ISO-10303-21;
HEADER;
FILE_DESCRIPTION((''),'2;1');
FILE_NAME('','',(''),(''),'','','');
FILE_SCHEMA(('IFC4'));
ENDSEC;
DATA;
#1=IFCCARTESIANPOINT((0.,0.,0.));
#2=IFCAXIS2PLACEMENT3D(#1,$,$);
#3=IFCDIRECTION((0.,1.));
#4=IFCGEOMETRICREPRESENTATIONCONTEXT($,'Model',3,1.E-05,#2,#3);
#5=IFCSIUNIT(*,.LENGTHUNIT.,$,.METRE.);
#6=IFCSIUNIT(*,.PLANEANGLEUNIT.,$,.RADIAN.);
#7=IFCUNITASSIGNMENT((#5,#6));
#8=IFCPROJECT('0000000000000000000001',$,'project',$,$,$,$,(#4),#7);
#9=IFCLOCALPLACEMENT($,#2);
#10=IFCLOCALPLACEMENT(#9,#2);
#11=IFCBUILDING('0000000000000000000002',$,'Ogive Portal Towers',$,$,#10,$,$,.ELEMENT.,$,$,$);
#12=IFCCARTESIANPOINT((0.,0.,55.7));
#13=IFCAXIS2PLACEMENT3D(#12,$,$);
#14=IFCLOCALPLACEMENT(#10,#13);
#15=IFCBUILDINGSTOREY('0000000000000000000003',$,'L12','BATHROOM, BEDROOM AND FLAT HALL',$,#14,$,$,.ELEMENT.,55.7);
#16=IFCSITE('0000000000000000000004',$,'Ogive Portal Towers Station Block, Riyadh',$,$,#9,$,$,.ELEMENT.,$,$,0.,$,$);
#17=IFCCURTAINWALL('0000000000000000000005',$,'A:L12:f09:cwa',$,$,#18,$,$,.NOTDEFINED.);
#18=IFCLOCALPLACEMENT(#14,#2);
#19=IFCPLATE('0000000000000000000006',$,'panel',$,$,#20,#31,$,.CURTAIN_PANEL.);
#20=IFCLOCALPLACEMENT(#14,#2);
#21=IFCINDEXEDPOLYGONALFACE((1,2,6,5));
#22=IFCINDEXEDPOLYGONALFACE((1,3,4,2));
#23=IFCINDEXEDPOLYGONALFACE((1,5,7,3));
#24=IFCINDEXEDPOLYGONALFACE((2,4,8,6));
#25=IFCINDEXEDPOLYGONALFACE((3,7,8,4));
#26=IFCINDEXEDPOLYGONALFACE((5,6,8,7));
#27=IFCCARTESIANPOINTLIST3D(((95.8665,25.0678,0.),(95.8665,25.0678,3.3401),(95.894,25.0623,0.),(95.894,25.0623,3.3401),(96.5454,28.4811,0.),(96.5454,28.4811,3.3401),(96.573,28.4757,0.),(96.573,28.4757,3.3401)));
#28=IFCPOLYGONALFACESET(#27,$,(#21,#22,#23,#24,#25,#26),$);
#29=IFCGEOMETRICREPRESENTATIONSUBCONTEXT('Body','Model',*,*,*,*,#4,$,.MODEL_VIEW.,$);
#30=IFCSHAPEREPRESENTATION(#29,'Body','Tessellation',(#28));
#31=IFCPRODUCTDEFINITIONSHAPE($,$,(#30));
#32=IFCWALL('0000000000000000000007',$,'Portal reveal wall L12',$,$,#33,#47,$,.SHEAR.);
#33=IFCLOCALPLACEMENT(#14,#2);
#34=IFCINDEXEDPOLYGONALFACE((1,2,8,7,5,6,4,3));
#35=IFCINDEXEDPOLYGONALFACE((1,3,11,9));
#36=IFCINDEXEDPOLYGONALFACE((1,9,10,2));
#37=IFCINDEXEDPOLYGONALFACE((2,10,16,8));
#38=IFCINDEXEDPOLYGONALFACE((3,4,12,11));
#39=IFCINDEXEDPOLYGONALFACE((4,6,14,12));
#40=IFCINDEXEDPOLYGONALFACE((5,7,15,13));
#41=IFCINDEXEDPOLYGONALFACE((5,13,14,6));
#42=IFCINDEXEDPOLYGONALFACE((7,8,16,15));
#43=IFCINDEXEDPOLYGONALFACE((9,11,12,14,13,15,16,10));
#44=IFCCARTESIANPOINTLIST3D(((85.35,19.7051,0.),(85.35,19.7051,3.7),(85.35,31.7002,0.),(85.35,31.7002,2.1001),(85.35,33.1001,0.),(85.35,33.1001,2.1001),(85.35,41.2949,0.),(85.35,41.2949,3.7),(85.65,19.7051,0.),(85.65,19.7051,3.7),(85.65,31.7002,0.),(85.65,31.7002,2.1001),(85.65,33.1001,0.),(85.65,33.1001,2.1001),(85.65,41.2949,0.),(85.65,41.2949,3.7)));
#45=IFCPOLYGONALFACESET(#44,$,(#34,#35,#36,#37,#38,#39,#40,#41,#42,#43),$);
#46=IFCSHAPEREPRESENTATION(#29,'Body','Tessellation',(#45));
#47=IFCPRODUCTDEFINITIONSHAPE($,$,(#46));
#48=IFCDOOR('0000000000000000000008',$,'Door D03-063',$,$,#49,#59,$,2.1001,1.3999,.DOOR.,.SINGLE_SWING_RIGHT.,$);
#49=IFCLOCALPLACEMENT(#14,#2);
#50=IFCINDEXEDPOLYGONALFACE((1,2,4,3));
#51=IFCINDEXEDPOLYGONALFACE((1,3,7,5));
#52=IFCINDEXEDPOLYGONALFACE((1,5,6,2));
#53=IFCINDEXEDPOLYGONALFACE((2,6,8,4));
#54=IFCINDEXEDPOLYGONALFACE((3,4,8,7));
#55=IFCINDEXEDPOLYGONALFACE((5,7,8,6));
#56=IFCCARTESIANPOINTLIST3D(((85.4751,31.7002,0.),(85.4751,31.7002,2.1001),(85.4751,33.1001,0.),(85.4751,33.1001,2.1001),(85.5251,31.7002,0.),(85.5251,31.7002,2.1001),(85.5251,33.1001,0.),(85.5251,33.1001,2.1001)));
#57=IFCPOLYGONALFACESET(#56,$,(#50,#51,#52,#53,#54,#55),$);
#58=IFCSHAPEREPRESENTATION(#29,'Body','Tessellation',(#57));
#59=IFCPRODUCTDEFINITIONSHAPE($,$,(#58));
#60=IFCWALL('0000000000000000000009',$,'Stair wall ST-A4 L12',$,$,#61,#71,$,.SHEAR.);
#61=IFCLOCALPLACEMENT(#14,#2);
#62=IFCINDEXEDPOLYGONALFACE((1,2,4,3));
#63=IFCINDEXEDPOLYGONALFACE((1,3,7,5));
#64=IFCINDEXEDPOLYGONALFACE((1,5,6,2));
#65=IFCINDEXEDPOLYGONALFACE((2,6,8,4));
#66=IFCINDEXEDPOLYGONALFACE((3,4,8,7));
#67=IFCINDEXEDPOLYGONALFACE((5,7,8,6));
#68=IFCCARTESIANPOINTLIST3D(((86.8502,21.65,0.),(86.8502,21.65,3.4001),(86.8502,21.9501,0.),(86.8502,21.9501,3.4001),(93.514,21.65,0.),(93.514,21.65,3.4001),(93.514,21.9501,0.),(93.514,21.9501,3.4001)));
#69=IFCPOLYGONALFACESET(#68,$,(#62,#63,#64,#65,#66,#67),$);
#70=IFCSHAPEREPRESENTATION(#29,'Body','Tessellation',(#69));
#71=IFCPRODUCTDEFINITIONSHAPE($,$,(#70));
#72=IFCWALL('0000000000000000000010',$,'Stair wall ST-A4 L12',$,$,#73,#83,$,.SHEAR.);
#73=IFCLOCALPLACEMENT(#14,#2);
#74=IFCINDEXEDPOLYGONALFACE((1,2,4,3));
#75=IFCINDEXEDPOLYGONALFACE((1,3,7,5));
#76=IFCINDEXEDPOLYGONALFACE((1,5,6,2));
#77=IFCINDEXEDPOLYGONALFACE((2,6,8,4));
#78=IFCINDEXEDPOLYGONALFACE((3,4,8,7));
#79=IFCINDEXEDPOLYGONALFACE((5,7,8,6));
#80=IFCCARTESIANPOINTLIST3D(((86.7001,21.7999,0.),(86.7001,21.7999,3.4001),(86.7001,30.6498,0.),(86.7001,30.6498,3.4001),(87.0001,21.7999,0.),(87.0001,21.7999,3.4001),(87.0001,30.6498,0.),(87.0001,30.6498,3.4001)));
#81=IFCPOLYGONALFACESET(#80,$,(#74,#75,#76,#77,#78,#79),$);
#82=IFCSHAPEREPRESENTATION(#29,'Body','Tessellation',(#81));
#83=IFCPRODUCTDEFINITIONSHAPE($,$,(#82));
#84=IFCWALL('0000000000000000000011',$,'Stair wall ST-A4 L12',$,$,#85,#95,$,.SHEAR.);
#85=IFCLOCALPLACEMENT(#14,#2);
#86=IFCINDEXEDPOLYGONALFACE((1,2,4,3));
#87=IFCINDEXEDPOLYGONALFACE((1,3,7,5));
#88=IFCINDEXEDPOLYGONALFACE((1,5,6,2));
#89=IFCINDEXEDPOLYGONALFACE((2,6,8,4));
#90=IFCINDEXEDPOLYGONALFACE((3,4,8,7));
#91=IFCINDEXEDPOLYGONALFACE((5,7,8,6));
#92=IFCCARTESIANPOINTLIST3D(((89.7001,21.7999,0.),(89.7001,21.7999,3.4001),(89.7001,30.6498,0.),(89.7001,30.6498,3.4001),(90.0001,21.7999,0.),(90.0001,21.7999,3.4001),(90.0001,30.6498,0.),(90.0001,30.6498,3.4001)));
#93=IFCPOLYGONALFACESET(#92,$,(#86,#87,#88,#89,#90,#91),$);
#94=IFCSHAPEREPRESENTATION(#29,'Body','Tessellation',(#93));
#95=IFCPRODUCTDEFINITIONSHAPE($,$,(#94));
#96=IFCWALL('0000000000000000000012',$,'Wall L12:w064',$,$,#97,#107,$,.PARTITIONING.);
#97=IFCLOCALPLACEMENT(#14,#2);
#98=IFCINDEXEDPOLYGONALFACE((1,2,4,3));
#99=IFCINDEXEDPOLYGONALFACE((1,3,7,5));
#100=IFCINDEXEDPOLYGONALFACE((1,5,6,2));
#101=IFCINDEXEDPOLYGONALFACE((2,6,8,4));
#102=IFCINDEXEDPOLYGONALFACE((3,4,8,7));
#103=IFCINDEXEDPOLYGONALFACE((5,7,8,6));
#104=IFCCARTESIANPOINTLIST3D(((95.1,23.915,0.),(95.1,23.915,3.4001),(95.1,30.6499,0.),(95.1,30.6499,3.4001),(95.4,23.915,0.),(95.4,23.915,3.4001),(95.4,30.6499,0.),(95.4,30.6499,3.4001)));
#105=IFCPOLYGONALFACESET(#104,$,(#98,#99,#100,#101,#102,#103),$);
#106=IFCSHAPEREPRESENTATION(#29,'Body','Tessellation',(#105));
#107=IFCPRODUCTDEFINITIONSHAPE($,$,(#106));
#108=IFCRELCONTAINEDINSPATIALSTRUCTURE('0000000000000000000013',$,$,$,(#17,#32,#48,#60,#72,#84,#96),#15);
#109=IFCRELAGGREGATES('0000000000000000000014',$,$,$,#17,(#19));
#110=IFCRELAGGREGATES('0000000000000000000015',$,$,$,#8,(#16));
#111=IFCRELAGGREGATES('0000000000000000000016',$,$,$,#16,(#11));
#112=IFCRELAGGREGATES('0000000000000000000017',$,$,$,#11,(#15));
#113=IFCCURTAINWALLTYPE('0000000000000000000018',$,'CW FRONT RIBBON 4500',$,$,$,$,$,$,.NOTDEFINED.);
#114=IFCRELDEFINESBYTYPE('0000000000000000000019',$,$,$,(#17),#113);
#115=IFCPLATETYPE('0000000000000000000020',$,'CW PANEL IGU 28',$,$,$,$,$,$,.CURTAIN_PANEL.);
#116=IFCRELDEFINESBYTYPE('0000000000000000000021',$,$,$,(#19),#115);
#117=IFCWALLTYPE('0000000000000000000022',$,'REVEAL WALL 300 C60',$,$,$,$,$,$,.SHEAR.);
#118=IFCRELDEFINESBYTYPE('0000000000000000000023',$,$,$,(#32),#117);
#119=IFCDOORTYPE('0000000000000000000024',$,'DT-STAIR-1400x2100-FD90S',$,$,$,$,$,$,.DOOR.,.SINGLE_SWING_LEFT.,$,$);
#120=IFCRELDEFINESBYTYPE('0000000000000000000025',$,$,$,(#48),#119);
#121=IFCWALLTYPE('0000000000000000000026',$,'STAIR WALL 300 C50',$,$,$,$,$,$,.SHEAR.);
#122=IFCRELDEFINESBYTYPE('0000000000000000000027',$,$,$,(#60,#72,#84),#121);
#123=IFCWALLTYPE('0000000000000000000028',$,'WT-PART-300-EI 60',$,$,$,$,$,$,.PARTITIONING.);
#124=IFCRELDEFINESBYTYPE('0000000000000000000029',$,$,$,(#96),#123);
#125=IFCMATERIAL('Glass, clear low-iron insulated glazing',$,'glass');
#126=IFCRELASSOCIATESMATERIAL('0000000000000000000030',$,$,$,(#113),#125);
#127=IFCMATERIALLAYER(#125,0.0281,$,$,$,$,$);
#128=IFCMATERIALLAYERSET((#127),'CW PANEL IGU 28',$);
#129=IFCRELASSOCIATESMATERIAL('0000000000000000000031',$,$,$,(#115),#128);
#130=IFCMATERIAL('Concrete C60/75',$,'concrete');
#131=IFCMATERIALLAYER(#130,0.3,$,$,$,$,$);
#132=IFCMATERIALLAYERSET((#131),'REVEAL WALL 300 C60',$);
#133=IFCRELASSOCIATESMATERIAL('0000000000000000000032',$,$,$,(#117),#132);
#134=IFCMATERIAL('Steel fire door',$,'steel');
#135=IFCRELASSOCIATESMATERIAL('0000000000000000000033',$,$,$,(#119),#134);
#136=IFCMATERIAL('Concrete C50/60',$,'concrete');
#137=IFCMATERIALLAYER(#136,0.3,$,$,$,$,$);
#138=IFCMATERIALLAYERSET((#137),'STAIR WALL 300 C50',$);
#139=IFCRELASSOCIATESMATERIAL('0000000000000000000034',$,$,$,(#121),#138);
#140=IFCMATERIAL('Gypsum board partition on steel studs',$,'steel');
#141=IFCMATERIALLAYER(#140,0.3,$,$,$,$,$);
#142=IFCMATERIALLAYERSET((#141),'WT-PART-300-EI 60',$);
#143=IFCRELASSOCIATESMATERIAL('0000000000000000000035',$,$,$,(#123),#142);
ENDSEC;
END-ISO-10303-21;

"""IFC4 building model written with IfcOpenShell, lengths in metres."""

from ifc_helpers import new_model, si_unit, direction, frame, frame_2d, origin, origin_2d, place, context, subcontext, project, spatial, rectangle, extrude, material, layer, layer_set, type_object, element, fill, aggregate, save


model = new_model("IFC4")

# Units and contexts
model_context = context("Model", 3, precision=1e-05, world=origin(), true_north=direction((0.0, 1.0)))
body_context = subcontext(model_context, "Body", "Model", "MODEL_VIEW")
ifc_project = project(units=[si_unit("LENGTHUNIT", "METRE"), si_unit("PLANEANGLEUNIT", "RADIAN")], contexts=[model_context])

# Site, building, storey
site_placement = place(None, origin())
site = spatial("IfcSite", under=ifc_project, at=site_placement, Name="Ogive Portal Towers Station Block, Riyadh", CompositionType="ELEMENT", RefElevation=0.0)
building_placement = place(site_placement, origin())
building = spatial("IfcBuilding", under=site, at=building_placement, Name="Ogive Portal Towers", CompositionType="ELEMENT")
storey_placement = place(building_placement, frame((0.0, 0.0, 55.7)))
storey = spatial("IfcBuildingStorey", under=building, at=storey_placement, Name="L12", Description="BATHROOM, BEDROOM AND FLAT HALL", CompositionType="ELEMENT", Elevation=55.7)

# Shared definitions
ifc_material_1 = material(Name="Concrete C60/75", Category="concrete")

# Shared definitions
ifc_material_2 = material(Name="Glass, clear low-iron insulated glazing", Category="glass")
curtain_wall_type = type_object("IfcCurtainWallType", Name="CW FRONT RIBBON 4500", PredefinedType="NOTDEFINED", material=ifc_material_2)

# Curtain wall
curtain_wall_1_placement = place(storey_placement, origin())
curtain_wall_1 = element("IfcCurtainWall", 1, at=curtain_wall_1_placement, inside=storey, type_object=curtain_wall_type, Name="A:L12:f09:cwa", PredefinedType="NOTDEFINED")

# Plate
ifc_layer_1 = layer(ifc_material_2, 0.0281)
ifc_layer_set_1 = layer_set([ifc_layer_1], Name="CW PANEL IGU 28")
plate_type = type_object("IfcPlateType", Name="CW PANEL IGU 28", PredefinedType="CURTAIN_PANEL", material=ifc_layer_set_1)
plate_1_placement = place(storey_placement, frame((96.2197, 26.7717, 0.0), z_axis=(0.0, 0.0, 1.0), x_axis=(0.19509, 0.980785, 0.0)))
plate_1 = element("IfcPlate", 2, at=plate_1_placement, type_object=plate_type, Name="panel", PredefinedType="CURTAIN_PANEL", context=body_context, shape_type="SweptSolid", body=[
    extrude(rectangle(XDim=3.4802, YDim=0.0281, at=origin_2d()), origin(), (0.0, 0.0, 1.0), 3.3401),
])
aggregate(curtain_wall_1, [plate_1])

# Wall, opening, door
ifc_layer_2 = layer(ifc_material_1, 0.3)
ifc_layer_set_2 = layer_set([ifc_layer_2], Name="REVEAL WALL 300 C60")
wall_type_1 = type_object("IfcWallType", Name="REVEAL WALL 300 C60", PredefinedType="SHEAR", material=ifc_layer_set_2)
wall_1_placement = place(storey_placement, frame((85.5, 19.7051, 0.0), z_axis=(0.0, 0.0, 1.0), x_axis=(0.0, 1.0, 0.0)))
wall_1 = element("IfcWall", 3, at=wall_1_placement, inside=storey, type_object=wall_type_1, Name="Portal reveal wall L12", PredefinedType="SHEAR", context=body_context, shape_type="SweptSolid", body=[
    extrude(rectangle(XDim=21.5898, YDim=0.3, at=frame_2d((10.7949, 0.0))), origin(), (0.0, 0.0, 1.0), 3.7),
])
opening_placement = place(wall_1_placement, frame((11.9951, 0.0, 0.0)))
opening = element("IfcOpeningElement", 4, at=opening_placement, cuts=wall_1, PredefinedType="OPENING", context=body_context, shape_type="SweptSolid", body=[
    extrude(rectangle(XDim=1.3999, YDim=2.1001, at=frame_2d((0.7, 1.05))), frame((0.0, 0.1602, 0.0), z_axis=(0.0, -1.0, 0.0), x_axis=(1.0, 0.0, 0.0)), (0.0, 0.0, 1.0), 0.3201),
])
ifc_material_3 = material(Name="Steel fire door", Category="steel")
door_type = type_object("IfcDoorType", Name="DT-STAIR-1400x2100-FD90S", OperationType="SINGLE_SWING_LEFT", PredefinedType="DOOR", material=ifc_material_3)
door_placement = place(opening_placement, origin())
door = element("IfcDoor", 5, at=door_placement, inside=storey, type_object=door_type, Name="Door D03-063", OperationType="SINGLE_SWING_RIGHT", OverallHeight=2.1001, OverallWidth=1.3999, PredefinedType="DOOR", context=body_context, shape_type="SweptSolid", body=[
    extrude(rectangle(XDim=1.3999, YDim=2.1001, at=frame_2d((0.7, 1.05))), frame((0.0, 0.0249, 0.0), z_axis=(0.0, -1.0, 0.0), x_axis=(1.0, 0.0, 0.0)), (0.0, 0.0, 1.0), 0.05),
])
fill(opening, door)

# Walls
ifc_material_4 = material(Name="Concrete C50/60", Category="concrete")
ifc_layer_3 = layer(ifc_material_4, 0.3)
ifc_layer_set_3 = layer_set([ifc_layer_3], Name="STAIR WALL 300 C50")
wall_type_2 = type_object("IfcWallType", Name="STAIR WALL 300 C50", PredefinedType="SHEAR", material=ifc_layer_set_3)
wall_2_placement = place(storey_placement, frame((86.8501, 21.8, 0.0), z_axis=(0.0, 0.0, 1.0), x_axis=(1.0, 0.0, 0.0)))
element("IfcWall", 6, at=wall_2_placement, inside=storey, type_object=wall_type_2, Name="Stair wall ST-A4 L12", PredefinedType="SHEAR", context=body_context, shape_type="SweptSolid", body=[
    extrude(rectangle(XDim=6.6638, YDim=0.3, at=frame_2d((3.332, 0.0))), origin(), (0.0, 0.0, 1.0), 3.4001),
])
for number, where, z_axis, x_axis, name in (
    (7, (86.8501, 21.8, 0.0), (0.0, 0.0, 1.0), (0.0, 1.0, 0.0), "Stair wall ST-A4 L12"),
    (8, (89.8501, 21.8, 0.0), (0.0, 0.0, 1.0), (0.0, 1.0, 0.0), "Stair wall ST-A4 L12"),
):
    element("IfcWall", number, at=place(storey_placement, frame(where, z_axis=z_axis, x_axis=x_axis)), inside=storey, type_object=wall_type_2, Name=name, PredefinedType="SHEAR", context=body_context, shape_type="SweptSolid", body=[
        extrude(rectangle(XDim=8.8499, YDim=0.3, at=frame_2d((4.4248, 0.0))), origin(), (0.0, 0.0, 1.0), 3.4001),
    ])
ifc_material_5 = material(Name="Gypsum board partition on steel studs", Category="steel")
ifc_layer_4 = layer(ifc_material_5, 0.3)
ifc_layer_set_4 = layer_set([ifc_layer_4], Name="WT-PART-300-EI 60")
wall_type_3 = type_object("IfcWallType", Name="WT-PART-300-EI 60", PredefinedType="PARTITIONING", material=ifc_layer_set_4)
wall_3_placement = place(storey_placement, frame((95.25, 23.915, 0.0), z_axis=(0.0, 0.0, 1.0), x_axis=(0.0, 1.0, 0.0)))
element("IfcWall", 9, at=wall_3_placement, inside=storey, type_object=wall_type_3, Name="Wall L12:w064", PredefinedType="PARTITIONING", context=body_context, shape_type="SweptSolid", body=[
    extrude(rectangle(XDim=6.7349, YDim=0.3, at=frame_2d((3.3674, 0.0))), origin(), (0.0, 0.0, 1.0), 3.4001),
])

save(model, "model.ifc")
